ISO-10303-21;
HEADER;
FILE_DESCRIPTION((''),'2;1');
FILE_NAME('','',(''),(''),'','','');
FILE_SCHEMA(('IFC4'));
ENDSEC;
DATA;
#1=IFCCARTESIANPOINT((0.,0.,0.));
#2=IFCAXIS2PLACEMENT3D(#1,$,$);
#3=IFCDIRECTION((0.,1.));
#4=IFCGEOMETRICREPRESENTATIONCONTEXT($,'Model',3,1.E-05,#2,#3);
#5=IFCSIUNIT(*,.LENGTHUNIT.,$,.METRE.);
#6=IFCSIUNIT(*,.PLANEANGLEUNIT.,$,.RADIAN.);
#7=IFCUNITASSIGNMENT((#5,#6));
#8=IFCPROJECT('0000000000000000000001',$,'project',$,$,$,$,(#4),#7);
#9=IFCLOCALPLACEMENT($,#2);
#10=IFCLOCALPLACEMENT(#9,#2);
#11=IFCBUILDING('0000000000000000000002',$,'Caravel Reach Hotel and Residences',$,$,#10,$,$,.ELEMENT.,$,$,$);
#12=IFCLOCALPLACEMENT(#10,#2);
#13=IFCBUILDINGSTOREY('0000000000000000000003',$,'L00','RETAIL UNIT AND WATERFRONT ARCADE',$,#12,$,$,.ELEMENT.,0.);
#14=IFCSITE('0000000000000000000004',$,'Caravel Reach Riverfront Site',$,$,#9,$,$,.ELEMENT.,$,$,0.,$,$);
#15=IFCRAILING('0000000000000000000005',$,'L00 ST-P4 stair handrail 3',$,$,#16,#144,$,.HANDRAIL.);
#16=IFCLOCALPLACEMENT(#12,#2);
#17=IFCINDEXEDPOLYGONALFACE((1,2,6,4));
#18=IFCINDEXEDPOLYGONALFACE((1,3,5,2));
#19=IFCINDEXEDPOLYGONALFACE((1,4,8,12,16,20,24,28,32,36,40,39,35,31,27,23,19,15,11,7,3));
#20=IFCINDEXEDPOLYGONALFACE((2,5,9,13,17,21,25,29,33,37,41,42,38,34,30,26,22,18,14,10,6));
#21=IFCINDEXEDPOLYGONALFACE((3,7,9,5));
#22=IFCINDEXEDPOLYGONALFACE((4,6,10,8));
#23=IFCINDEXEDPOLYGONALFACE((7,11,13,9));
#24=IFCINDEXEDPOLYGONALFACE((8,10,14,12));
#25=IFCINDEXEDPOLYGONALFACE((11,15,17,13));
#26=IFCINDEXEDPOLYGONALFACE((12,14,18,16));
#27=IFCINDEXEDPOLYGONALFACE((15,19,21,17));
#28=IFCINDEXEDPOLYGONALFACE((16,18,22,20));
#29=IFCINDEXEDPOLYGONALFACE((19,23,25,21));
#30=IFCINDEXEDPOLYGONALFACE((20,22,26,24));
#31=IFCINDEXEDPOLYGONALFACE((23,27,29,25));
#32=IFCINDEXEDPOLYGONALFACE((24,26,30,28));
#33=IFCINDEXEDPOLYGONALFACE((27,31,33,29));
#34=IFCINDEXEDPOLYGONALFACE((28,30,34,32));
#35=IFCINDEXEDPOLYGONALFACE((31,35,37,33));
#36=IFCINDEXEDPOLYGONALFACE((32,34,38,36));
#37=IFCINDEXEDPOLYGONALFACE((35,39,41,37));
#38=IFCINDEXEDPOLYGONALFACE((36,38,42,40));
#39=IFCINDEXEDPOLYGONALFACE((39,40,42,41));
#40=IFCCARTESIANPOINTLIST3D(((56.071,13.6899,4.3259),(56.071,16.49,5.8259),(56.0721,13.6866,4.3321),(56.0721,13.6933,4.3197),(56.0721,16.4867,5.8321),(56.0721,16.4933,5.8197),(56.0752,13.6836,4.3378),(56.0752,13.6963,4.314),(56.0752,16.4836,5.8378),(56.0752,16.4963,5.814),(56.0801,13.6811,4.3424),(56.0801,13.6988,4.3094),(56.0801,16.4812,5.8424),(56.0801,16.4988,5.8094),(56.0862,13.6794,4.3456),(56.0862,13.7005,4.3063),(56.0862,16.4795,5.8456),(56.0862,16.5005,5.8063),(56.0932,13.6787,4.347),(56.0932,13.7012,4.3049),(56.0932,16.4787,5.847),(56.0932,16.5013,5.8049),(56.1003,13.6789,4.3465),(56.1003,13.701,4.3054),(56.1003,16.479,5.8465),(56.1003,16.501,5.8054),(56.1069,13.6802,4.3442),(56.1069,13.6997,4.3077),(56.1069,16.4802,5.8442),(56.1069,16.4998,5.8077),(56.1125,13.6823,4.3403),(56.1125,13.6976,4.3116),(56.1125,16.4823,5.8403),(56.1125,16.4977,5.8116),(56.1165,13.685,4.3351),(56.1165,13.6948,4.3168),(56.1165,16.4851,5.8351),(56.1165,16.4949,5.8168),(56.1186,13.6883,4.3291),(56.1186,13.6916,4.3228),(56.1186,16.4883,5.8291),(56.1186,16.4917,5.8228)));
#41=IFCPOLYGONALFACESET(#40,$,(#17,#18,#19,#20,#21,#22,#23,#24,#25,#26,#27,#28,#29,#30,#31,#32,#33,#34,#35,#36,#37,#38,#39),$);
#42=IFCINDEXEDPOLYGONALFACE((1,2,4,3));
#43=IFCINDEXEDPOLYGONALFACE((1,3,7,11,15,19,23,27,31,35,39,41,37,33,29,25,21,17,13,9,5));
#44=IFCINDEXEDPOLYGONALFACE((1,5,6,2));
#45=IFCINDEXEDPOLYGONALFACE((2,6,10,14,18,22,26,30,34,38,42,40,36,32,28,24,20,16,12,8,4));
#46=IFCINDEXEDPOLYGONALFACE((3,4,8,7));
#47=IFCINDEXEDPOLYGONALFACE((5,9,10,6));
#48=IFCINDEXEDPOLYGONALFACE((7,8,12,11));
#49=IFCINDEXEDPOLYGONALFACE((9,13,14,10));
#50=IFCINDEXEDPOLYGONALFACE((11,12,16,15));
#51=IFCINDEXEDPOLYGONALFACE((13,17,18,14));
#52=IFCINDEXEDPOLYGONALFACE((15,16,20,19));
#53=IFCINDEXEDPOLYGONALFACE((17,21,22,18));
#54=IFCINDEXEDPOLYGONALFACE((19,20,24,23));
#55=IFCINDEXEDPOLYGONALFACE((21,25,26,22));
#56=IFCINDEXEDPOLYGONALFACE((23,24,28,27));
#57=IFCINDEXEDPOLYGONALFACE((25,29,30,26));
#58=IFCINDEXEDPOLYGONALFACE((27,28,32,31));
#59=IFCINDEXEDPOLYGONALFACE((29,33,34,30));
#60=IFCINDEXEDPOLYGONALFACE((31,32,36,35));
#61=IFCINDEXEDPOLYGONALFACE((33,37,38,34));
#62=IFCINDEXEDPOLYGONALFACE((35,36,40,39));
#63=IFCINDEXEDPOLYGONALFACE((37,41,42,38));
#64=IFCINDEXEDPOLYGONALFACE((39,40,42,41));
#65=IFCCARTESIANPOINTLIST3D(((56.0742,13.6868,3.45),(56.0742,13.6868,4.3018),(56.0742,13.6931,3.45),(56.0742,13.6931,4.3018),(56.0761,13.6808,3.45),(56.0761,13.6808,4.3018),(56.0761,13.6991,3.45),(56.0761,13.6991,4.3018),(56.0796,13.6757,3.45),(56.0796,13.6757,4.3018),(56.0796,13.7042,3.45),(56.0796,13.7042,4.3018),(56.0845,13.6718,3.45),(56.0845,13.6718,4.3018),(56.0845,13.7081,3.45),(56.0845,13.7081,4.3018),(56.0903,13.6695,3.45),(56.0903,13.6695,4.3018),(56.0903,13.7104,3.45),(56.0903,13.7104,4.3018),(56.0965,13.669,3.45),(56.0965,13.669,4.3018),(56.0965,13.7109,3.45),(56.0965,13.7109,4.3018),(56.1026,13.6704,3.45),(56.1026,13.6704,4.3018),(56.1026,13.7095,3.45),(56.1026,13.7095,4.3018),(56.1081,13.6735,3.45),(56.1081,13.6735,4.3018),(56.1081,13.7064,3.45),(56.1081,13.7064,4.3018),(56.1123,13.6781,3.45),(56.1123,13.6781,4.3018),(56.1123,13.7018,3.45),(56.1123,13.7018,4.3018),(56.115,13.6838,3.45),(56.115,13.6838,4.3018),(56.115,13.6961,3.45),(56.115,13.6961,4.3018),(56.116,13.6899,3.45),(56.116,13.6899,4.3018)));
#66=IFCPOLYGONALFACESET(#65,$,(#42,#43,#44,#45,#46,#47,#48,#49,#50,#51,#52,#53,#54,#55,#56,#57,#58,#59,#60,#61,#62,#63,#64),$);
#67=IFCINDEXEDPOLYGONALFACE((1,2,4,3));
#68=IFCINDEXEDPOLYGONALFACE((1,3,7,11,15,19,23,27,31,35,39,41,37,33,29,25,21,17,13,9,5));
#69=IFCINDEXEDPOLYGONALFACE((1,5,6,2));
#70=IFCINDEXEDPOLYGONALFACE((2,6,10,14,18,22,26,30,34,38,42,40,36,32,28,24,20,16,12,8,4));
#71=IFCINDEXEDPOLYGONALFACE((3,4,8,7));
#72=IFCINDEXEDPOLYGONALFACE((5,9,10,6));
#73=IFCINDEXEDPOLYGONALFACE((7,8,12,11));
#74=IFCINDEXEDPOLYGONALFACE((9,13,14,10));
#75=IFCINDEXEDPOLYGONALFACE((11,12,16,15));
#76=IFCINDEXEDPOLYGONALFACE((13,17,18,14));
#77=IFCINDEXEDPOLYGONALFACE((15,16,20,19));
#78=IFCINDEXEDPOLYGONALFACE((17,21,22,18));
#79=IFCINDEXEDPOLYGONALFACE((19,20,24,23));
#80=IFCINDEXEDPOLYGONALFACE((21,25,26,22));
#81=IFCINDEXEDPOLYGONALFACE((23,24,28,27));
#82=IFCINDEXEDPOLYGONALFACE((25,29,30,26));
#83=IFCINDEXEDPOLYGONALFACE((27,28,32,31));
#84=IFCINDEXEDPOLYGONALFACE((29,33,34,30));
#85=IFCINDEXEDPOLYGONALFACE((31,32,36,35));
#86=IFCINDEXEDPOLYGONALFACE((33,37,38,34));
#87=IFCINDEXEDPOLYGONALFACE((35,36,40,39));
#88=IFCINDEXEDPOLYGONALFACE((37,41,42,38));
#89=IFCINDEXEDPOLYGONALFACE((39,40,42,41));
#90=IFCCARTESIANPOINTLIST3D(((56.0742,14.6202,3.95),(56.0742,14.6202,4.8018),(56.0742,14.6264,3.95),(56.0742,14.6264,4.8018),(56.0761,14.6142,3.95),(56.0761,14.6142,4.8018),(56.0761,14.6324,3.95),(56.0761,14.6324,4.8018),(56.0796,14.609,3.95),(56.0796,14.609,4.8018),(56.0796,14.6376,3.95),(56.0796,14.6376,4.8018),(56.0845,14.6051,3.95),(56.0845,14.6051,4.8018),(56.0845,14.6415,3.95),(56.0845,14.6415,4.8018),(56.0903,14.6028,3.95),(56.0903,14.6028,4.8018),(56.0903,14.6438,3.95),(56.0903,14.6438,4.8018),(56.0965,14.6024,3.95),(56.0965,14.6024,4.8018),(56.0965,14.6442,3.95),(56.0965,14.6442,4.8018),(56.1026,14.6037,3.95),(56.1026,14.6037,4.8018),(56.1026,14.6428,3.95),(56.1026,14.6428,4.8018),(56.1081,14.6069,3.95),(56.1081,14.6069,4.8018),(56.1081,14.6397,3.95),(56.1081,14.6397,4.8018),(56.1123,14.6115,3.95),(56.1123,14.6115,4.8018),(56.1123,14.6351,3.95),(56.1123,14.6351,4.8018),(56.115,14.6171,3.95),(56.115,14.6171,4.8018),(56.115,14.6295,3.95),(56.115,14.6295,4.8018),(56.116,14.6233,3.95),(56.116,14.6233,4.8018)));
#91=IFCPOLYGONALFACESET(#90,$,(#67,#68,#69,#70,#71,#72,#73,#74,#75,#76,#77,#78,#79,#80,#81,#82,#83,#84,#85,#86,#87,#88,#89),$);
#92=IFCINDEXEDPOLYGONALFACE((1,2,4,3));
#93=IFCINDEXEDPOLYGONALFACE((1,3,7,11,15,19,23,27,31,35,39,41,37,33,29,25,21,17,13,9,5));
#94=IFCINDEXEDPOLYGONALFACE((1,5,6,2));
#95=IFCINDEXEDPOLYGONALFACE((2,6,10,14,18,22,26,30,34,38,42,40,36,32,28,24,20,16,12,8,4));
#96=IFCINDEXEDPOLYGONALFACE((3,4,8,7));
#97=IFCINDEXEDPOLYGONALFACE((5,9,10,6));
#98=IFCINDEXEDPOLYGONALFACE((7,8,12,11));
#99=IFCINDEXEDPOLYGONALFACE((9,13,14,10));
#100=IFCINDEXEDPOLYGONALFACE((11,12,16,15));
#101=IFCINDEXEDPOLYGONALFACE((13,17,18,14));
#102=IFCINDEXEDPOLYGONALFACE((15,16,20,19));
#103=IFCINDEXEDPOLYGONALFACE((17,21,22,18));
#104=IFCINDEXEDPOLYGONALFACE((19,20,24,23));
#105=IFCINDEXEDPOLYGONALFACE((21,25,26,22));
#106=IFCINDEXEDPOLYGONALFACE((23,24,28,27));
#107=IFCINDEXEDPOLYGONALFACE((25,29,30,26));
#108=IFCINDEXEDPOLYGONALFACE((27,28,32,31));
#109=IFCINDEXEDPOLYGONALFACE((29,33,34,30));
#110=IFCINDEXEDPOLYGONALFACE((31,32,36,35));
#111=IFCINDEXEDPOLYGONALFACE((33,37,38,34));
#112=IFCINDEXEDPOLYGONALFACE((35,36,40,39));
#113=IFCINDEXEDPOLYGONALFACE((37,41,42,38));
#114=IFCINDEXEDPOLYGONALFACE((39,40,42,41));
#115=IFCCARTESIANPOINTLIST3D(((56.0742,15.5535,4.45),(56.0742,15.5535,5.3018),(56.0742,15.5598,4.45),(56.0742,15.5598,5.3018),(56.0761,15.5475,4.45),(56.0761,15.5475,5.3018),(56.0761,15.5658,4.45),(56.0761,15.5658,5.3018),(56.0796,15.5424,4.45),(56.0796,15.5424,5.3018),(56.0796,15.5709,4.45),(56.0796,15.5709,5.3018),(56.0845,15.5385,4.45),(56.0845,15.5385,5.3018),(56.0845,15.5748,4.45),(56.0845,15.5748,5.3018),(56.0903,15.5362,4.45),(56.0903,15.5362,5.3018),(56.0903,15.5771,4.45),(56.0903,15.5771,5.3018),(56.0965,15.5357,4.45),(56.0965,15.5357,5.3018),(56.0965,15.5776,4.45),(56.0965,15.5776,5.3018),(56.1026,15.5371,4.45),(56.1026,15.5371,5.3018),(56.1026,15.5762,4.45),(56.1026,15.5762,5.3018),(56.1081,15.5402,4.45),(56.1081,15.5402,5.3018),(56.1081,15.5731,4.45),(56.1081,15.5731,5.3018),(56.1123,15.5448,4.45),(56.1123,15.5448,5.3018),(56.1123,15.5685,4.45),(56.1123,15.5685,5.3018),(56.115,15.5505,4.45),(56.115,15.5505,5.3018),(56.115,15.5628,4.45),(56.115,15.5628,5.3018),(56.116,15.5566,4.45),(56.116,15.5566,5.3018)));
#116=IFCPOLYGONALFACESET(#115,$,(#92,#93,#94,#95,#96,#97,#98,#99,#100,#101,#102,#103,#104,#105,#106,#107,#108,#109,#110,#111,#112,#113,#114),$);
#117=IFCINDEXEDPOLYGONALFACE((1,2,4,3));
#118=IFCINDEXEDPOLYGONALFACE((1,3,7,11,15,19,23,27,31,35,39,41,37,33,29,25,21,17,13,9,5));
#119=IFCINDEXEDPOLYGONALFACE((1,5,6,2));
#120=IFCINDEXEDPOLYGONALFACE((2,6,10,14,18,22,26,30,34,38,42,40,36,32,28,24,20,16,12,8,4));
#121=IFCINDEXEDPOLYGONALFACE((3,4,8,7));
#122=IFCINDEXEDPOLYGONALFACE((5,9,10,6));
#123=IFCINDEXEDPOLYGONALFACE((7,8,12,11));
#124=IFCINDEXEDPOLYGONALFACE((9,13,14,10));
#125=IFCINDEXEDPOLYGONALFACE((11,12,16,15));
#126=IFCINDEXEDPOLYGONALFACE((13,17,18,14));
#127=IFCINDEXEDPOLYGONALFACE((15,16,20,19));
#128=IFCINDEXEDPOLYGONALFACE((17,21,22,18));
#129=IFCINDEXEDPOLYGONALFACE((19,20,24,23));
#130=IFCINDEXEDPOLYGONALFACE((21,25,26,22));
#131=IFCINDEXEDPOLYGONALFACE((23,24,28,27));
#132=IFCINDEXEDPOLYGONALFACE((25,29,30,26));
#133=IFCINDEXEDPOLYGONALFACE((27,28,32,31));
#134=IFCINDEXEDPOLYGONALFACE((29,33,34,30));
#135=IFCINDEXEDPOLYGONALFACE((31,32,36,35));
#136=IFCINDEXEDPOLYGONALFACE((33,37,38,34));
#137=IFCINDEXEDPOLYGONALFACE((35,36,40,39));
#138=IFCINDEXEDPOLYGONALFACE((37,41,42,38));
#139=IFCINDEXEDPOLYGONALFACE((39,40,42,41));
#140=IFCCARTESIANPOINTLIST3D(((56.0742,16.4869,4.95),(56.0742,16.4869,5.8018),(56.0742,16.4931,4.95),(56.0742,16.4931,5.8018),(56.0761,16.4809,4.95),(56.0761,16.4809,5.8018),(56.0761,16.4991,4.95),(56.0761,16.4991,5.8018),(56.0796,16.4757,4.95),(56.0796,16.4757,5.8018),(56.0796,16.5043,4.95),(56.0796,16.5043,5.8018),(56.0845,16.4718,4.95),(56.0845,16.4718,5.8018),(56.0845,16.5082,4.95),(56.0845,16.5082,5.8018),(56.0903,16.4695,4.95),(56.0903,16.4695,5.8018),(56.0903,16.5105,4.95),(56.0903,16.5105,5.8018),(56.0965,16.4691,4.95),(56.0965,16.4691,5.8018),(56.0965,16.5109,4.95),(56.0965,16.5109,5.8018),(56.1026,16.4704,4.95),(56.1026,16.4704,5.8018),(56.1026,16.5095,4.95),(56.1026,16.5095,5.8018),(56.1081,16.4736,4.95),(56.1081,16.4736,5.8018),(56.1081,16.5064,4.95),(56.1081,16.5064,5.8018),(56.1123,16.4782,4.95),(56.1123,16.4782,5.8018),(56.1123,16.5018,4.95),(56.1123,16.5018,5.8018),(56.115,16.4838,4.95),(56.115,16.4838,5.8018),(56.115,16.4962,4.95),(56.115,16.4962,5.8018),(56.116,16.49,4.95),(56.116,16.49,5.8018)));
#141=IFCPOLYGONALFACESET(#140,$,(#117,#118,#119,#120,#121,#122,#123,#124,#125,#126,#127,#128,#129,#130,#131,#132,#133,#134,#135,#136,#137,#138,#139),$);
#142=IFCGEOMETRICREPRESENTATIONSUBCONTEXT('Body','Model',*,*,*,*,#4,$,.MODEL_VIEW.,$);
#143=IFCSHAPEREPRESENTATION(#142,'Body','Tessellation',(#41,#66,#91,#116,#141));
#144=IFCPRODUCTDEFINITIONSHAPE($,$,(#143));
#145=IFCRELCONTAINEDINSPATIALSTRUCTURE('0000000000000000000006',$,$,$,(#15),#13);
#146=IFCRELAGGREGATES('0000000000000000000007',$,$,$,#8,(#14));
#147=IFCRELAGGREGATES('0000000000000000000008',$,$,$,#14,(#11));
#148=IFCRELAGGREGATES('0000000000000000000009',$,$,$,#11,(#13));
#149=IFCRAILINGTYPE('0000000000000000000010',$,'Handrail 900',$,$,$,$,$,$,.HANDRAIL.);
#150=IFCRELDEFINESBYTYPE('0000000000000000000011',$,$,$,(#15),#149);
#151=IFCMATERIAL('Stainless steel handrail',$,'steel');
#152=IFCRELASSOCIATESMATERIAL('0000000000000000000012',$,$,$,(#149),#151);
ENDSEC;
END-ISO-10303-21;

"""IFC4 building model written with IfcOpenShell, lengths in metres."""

from ifc_helpers import new_model, si_unit, direction, frame, origin, origin_2d, place, context, subcontext, project, spatial, circle, extrude, material, type_object, element, save


model = new_model("IFC4")

# Units and contexts
model_context = context("Model", 3, precision=1e-05, world=origin(), true_north=direction((0.0, 1.0)))
body_context = subcontext(model_context, "Body", "Model", "MODEL_VIEW")
ifc_project = project(units=[si_unit("LENGTHUNIT", "METRE"), si_unit("PLANEANGLEUNIT", "RADIAN")], contexts=[model_context])

# Site, building, storey
site_placement = place(None, origin())
site = spatial("IfcSite", under=ifc_project, at=site_placement, Name="Caravel Reach Riverfront Site", CompositionType="ELEMENT", RefElevation=0.0)
building_placement = place(site_placement, origin())
building = spatial("IfcBuilding", under=site, at=building_placement, Name="Caravel Reach Hotel and Residences", CompositionType="ELEMENT")
storey_placement = place(building_placement, origin())
storey = spatial("IfcBuildingStorey", under=building, at=storey_placement, Name="L00", Description="RETAIL UNIT AND WATERFRONT ARCADE", CompositionType="ELEMENT", Elevation=0.0)

# Railing
ifc_material_1 = material(Name="Stainless steel handrail", Category="steel")
railing_type_1 = type_object("IfcRailingType", Name="Handrail 900", PredefinedType="HANDRAIL", material=ifc_material_1)
railing_1_placement = place(storey_placement, frame((56.095, 13.6899, 3.45)))
element("IfcRailing", 1, at=railing_1_placement, inside=storey, type_object=railing_type_1, Name="L00 ST-P4 stair handrail 3", PredefinedType="HANDRAIL", context=body_context, shape_type="SweptSolid", body=[
    extrude(circle(Radius=0.0239, at=origin_2d()), frame((0.0, 0.0, 0.876), z_axis=(0.0, 0.881483, 0.472215), x_axis=(-1.0, 0.0, 0.0)), (0.0, 0.0, 1.0), 3.1765),
    extrude(circle(Radius=0.021, at=origin_2d()), origin(), (0.0, 0.0, 1.0), 0.8518),
    extrude(circle(Radius=0.021, at=origin_2d()), frame((0.0, 0.9333, 0.5)), (0.0, 0.0, 1.0), 0.8518),
    extrude(circle(Radius=0.021, at=origin_2d()), frame((0.0, 1.8667, 1.0)), (0.0, 0.0, 1.0), 0.8518),
    extrude(circle(Radius=0.021, at=origin_2d()), frame((0.0, 2.8, 1.5)), (0.0, 0.0, 1.0), 0.8518),
])

save(model, "model.ifc")
